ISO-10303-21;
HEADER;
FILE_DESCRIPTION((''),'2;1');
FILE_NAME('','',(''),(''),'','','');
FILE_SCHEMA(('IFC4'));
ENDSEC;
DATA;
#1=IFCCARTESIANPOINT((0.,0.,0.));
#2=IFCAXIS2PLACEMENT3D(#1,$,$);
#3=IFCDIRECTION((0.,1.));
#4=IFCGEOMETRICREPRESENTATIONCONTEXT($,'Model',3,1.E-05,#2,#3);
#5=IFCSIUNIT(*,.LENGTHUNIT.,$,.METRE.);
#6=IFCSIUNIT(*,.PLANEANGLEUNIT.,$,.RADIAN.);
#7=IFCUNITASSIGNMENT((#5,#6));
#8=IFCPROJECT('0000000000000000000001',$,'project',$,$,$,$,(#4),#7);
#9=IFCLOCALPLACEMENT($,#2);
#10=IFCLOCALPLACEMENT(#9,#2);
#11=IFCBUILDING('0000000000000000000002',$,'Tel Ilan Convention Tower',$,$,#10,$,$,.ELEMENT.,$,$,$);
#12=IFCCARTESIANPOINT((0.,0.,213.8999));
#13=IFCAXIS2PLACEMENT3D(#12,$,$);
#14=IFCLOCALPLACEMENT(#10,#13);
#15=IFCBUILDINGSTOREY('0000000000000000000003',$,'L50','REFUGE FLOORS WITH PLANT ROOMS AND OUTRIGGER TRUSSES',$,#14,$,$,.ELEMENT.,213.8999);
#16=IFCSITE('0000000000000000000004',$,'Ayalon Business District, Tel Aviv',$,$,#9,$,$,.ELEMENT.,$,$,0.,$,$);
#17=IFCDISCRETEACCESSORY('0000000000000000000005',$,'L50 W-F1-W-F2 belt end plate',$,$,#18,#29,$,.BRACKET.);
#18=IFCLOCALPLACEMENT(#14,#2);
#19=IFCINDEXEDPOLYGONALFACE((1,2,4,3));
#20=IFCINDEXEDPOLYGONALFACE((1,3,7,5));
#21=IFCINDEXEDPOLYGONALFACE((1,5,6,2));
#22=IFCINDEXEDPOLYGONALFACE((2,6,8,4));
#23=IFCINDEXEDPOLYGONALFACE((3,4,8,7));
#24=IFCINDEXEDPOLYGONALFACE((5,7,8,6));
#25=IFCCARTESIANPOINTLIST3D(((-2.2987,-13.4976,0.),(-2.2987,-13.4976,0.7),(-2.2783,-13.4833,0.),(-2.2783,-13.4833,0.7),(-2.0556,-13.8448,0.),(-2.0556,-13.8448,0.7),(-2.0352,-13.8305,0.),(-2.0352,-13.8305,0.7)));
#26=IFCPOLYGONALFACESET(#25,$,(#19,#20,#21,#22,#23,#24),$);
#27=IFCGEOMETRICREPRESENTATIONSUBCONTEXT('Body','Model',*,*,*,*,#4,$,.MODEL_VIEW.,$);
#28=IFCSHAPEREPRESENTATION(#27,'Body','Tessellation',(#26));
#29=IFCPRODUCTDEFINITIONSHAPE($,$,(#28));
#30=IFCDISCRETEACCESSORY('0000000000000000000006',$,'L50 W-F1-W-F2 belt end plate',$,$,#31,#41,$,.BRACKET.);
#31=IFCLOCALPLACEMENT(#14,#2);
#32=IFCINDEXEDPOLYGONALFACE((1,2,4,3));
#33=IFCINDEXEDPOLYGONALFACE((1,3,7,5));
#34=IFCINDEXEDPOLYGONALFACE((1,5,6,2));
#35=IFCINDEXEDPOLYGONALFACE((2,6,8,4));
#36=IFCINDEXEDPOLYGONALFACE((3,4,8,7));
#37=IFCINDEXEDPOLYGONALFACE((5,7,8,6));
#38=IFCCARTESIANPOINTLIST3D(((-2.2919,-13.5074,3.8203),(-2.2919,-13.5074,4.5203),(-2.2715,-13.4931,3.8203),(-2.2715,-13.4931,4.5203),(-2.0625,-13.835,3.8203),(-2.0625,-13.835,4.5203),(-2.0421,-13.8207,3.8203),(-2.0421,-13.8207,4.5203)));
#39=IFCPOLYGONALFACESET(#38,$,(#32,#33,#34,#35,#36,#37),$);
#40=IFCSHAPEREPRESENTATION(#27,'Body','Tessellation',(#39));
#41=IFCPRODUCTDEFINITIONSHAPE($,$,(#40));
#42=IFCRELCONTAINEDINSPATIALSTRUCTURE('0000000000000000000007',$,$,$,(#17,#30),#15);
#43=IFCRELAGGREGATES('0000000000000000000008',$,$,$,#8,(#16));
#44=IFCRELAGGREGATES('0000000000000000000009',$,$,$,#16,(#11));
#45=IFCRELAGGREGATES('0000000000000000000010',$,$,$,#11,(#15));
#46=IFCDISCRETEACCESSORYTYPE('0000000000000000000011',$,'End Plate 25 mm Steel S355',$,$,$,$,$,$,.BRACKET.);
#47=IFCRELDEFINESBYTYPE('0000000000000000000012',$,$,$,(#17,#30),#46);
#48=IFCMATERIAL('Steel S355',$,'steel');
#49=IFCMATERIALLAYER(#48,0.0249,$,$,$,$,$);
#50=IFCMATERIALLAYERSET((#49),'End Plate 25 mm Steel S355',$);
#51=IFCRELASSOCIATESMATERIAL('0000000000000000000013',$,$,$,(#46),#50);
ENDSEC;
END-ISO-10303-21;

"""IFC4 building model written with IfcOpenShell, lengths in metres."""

from ifc_helpers import new_model, si_unit, direction, frame, origin, origin_2d, place, context, subcontext, project, spatial, rectangle, extrude, material, layer, layer_set, type_object, element, save


model = new_model("IFC4")

# Units and contexts
model_context = context("Model", 3, precision=1e-05, world=origin(), true_north=direction((0.0, 1.0)))
body_context = subcontext(model_context, "Body", "Model", "MODEL_VIEW")
ifc_project = project(units=[si_unit("LENGTHUNIT", "METRE"), si_unit("PLANEANGLEUNIT", "RADIAN")], contexts=[model_context])

# Site, building, storey
site_placement = place(None, origin())
site = spatial("IfcSite", under=ifc_project, at=site_placement, Name="Ayalon Business District, Tel Aviv", CompositionType="ELEMENT", RefElevation=0.0)
building_placement = place(site_placement, origin())
building = spatial("IfcBuilding", under=site, at=building_placement, Name="Tel Ilan Convention Tower", CompositionType="ELEMENT")
storey_placement = place(building_placement, frame((0.0, 0.0, 213.8999)))
storey = spatial("IfcBuildingStorey", under=building, at=storey_placement, Name="L50", Description="REFUGE FLOORS WITH PLANT ROOMS AND OUTRIGGER TRUSSES", CompositionType="ELEMENT", Elevation=213.8999)

# Discrete accessories
ifc_material_1 = material(Name="Steel S355", Category="steel")
ifc_layer_1 = layer(ifc_material_1, 0.0249)
ifc_layer_set_1 = layer_set([ifc_layer_1], Name="End Plate 25 mm Steel S355")
discrete_accessory_type_1 = type_object("IfcDiscreteAccessoryType", Name="End Plate 25 mm Steel S355", PredefinedType="BRACKET", material=ifc_layer_set_1)
discrete_accessory_1_placement = place(storey_placement, frame((-2.167, -13.6641, 0.0), z_axis=(0.0, 0.0, 1.0), x_axis=(0.819152, 0.573576, 0.0)))
element("IfcDiscreteAccessory", 1, at=discrete_accessory_1_placement, inside=storey, type_object=discrete_accessory_type_1, Name="L50 W-F1-W-F2 belt end plate", PredefinedType="BRACKET", context=body_context, shape_type="SweptSolid", body=[
    extrude(rectangle(XDim=0.0249, YDim=0.4238, at=origin_2d()), origin(), (0.0, 0.0, 1.0), 0.7),
])
discrete_accessory_2_placement = place(storey_placement, frame((-2.167, -13.6641, 3.8203), z_axis=(0.0, 0.0, 1.0), x_axis=(0.819152, 0.573576, 0.0)))
element("IfcDiscreteAccessory", 2, at=discrete_accessory_2_placement, inside=storey, type_object=discrete_accessory_type_1, Name="L50 W-F1-W-F2 belt end plate", PredefinedType="BRACKET", context=body_context, shape_type="SweptSolid", body=[
    extrude(rectangle(XDim=0.0249, YDim=0.3999, at=origin_2d()), origin(), (0.0, 0.0, 1.0), 0.7),
])

save(model, "model.ifc")
